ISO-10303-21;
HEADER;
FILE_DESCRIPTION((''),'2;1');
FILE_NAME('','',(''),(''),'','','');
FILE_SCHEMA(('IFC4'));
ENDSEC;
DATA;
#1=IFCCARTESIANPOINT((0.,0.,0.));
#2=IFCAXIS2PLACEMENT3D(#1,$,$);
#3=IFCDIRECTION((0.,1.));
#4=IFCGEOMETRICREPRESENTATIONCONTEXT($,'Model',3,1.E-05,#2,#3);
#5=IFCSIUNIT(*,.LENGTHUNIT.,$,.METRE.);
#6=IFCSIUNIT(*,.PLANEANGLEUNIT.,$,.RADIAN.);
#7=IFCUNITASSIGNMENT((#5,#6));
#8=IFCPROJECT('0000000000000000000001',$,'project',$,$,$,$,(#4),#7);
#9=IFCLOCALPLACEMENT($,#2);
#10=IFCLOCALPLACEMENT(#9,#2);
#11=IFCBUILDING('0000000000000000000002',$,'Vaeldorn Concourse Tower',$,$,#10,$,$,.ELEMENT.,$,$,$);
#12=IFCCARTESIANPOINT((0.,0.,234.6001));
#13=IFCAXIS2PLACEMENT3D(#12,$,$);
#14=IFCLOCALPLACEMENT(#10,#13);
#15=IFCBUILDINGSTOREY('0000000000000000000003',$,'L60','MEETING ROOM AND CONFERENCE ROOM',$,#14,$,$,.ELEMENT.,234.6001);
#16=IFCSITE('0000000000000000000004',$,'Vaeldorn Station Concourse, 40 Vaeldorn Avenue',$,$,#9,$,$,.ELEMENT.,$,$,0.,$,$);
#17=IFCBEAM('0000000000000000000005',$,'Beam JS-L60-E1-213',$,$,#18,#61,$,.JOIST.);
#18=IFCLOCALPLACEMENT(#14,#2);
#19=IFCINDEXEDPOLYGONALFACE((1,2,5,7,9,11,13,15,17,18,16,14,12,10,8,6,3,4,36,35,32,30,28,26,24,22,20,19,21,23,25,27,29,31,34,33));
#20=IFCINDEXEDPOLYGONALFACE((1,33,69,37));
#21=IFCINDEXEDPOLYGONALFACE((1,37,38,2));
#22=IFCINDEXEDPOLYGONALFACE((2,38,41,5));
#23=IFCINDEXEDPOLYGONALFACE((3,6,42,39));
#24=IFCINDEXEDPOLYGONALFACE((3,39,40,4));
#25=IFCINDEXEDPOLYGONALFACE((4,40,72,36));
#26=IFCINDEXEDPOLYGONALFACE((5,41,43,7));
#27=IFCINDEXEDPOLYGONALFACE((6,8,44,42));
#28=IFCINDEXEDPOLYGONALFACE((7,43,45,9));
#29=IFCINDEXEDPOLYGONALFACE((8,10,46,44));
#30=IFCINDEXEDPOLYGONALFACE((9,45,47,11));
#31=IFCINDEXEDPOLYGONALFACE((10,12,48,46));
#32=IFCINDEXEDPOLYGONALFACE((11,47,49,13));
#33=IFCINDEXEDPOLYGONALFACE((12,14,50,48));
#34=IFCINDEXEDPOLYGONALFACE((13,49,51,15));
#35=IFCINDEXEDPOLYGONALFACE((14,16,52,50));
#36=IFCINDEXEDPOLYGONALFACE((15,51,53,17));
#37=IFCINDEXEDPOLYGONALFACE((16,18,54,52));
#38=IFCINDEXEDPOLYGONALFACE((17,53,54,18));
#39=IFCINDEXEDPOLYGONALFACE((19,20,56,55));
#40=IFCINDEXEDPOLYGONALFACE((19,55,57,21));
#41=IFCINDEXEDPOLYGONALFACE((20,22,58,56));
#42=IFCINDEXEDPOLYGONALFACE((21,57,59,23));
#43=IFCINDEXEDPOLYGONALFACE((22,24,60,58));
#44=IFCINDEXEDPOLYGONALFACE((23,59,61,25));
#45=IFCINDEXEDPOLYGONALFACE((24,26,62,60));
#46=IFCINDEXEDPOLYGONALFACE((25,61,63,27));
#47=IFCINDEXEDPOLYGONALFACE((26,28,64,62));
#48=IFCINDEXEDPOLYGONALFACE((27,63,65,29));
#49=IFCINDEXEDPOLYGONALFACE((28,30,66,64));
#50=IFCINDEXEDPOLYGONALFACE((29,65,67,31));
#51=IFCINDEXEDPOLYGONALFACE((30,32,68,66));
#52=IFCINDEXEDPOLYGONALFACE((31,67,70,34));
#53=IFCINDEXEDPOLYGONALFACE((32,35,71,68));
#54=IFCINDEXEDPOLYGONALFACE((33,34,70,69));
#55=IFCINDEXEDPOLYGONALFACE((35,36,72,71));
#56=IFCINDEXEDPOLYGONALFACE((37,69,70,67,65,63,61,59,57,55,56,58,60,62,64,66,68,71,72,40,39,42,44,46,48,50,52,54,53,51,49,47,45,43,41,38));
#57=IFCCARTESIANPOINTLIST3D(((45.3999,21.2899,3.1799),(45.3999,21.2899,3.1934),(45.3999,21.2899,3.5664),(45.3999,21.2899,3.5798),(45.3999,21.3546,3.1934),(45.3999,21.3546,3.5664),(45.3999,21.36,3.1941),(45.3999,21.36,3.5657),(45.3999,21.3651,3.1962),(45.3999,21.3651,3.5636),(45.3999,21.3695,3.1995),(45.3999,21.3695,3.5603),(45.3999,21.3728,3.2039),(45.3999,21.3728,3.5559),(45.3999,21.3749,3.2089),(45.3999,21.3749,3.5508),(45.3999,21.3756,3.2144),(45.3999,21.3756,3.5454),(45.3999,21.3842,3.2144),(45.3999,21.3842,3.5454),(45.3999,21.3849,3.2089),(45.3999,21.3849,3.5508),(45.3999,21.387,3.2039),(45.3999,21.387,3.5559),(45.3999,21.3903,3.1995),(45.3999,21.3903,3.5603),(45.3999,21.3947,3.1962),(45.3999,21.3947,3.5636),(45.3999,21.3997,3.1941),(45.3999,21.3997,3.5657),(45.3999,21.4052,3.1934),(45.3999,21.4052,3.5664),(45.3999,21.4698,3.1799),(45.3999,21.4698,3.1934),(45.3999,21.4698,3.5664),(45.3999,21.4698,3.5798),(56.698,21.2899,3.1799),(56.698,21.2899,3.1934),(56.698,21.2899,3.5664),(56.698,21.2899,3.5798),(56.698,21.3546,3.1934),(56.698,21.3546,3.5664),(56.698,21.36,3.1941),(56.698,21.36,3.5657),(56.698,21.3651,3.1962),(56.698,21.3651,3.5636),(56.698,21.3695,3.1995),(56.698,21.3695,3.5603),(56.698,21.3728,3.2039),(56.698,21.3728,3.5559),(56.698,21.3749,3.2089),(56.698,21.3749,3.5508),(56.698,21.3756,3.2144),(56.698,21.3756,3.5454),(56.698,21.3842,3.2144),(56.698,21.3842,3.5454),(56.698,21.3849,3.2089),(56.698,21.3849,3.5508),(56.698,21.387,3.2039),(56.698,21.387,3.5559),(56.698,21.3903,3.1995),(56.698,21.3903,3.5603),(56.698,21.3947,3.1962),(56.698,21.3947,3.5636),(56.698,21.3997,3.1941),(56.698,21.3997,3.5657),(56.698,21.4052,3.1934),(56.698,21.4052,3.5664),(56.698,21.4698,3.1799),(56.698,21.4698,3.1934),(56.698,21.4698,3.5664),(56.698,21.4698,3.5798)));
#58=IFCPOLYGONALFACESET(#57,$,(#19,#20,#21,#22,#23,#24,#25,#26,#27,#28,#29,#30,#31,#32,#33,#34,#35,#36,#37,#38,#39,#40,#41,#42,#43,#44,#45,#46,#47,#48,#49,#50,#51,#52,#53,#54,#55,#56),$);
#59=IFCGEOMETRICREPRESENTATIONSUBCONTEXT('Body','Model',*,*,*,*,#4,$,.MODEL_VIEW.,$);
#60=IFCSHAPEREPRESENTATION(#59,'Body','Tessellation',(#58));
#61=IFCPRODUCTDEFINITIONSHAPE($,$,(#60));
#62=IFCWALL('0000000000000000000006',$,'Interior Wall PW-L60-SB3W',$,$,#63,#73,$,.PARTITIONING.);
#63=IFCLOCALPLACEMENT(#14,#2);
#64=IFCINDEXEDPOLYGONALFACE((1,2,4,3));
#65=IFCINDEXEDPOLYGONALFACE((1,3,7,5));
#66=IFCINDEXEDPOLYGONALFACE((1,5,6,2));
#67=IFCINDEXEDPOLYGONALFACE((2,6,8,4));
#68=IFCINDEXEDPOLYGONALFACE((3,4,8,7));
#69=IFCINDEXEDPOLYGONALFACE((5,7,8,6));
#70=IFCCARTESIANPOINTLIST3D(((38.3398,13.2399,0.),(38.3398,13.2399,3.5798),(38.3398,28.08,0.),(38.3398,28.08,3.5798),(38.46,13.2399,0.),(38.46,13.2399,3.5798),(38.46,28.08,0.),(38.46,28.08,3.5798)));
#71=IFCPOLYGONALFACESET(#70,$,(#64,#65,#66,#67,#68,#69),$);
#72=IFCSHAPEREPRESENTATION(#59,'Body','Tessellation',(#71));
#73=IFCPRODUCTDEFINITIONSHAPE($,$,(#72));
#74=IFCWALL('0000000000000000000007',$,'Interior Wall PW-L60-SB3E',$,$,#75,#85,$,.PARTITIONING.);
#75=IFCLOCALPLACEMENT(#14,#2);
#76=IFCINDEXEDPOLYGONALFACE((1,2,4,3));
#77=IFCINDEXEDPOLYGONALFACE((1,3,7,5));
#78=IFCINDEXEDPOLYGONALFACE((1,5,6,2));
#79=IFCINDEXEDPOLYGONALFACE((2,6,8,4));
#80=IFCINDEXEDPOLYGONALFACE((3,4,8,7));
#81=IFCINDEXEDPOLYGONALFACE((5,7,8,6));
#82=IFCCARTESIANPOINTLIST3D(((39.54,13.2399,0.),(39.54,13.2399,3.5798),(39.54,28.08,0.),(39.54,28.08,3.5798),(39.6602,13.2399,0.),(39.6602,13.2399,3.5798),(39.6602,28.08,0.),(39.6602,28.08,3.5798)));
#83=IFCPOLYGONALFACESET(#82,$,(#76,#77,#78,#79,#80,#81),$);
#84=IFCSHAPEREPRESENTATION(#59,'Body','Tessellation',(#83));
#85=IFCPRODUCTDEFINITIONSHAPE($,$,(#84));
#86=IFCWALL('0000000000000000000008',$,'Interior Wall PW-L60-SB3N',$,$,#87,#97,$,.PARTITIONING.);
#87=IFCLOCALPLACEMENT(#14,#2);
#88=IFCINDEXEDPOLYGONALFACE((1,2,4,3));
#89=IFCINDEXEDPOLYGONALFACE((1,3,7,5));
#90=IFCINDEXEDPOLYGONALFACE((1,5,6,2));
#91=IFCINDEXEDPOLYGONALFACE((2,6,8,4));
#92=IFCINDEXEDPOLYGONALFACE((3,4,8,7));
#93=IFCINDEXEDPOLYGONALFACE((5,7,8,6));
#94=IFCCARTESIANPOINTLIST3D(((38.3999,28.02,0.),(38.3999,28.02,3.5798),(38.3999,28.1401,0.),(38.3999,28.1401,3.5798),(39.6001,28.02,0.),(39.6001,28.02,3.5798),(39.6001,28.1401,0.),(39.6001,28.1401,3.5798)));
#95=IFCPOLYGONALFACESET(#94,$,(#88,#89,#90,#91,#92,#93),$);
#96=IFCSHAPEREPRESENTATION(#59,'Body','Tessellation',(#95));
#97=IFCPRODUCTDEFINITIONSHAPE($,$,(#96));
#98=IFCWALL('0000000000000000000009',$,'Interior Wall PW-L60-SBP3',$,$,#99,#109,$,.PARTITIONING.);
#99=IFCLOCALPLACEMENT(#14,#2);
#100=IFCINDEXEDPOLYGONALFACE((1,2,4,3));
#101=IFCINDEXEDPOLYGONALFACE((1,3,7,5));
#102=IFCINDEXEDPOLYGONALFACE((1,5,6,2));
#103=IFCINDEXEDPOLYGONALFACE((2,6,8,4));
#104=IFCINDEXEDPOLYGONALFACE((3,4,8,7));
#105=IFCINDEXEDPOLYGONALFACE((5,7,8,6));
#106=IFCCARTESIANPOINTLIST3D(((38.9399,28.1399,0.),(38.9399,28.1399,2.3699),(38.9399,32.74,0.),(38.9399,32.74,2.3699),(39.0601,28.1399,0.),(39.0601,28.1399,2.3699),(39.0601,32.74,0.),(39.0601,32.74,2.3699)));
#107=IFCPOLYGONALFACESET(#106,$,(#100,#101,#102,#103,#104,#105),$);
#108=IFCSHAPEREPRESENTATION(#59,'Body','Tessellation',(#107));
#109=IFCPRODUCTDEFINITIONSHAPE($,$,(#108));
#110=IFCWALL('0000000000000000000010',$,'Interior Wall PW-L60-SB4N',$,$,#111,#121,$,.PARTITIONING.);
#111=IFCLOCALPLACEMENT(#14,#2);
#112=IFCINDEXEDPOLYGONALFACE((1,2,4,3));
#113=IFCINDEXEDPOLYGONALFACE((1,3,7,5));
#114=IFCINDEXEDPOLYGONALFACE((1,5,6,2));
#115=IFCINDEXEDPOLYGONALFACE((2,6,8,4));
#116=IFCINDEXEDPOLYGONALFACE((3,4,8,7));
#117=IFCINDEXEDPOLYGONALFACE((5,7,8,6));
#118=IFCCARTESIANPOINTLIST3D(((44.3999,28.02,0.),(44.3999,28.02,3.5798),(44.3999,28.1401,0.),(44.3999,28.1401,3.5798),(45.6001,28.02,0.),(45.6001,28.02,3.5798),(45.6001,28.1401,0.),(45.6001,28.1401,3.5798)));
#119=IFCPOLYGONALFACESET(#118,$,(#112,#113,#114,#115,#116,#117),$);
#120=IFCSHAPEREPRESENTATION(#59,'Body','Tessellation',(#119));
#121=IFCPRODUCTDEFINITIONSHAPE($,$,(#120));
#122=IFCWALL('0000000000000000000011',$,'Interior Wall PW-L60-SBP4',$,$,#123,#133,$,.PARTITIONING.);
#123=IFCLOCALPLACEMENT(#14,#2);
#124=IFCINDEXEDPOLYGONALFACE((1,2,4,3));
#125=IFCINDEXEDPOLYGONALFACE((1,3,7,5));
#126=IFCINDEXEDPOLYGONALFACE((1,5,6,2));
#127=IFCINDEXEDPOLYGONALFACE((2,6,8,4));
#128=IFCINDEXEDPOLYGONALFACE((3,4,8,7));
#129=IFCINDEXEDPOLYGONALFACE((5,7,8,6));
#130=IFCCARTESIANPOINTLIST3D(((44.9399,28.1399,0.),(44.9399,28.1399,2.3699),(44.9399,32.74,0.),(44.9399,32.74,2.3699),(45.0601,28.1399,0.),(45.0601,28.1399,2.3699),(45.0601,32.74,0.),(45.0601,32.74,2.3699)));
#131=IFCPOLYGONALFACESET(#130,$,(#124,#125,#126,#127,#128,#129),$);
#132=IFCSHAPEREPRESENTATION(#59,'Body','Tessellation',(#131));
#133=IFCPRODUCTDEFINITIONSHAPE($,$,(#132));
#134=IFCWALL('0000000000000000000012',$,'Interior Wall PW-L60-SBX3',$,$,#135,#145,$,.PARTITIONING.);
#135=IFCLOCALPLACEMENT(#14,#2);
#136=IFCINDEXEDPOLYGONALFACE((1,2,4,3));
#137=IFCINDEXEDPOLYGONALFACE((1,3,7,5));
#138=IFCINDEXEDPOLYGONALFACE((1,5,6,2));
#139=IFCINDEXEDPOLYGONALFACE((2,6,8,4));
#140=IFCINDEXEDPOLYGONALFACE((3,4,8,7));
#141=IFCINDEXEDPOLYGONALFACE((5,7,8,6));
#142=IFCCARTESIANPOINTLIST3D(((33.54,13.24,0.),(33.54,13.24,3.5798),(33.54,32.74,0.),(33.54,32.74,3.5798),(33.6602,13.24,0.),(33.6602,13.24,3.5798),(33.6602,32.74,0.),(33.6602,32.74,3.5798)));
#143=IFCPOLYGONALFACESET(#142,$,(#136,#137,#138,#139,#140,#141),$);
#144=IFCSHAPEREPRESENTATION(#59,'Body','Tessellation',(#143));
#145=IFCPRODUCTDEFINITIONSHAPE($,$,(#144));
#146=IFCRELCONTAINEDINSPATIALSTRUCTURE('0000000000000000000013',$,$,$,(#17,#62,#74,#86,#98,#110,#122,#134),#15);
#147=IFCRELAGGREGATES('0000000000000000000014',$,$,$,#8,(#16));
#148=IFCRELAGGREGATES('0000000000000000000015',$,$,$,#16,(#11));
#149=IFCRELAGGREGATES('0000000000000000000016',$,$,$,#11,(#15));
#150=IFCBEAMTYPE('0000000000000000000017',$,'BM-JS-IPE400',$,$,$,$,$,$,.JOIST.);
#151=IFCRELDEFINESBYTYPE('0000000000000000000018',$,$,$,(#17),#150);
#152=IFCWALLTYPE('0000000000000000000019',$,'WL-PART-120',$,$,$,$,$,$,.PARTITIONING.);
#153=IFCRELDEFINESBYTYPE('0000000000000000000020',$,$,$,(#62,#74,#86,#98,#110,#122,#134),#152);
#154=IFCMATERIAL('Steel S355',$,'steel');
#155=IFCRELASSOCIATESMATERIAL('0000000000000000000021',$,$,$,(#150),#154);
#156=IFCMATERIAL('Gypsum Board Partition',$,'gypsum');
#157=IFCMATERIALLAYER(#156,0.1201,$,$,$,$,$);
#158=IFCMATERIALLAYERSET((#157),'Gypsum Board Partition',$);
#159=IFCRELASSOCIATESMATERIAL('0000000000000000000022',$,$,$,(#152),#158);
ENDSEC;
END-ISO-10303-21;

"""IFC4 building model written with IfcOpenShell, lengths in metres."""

from ifc_helpers import new_model, si_unit, direction, frame, frame_2d, origin, origin_2d, place, context, subcontext, project, spatial, rectangle, i_section, extrude, source, transform, mapped, material, layer, layer_set, material_profile, profile_set, type_object, element, save


model = new_model("IFC4")

# Units and contexts
model_context = context("Model", 3, precision=1e-05, world=origin(), true_north=direction((0.0, 1.0)))
body_context = subcontext(model_context, "Body", "Model", "MODEL_VIEW")
ifc_project = project(units=[si_unit("LENGTHUNIT", "METRE"), si_unit("PLANEANGLEUNIT", "RADIAN")], contexts=[model_context])

# Site, building, storey
site_placement = place(None, origin())
site = spatial("IfcSite", under=ifc_project, at=site_placement, Name="Vaeldorn Station Concourse, 40 Vaeldorn Avenue", CompositionType="ELEMENT", RefElevation=0.0)
building_placement = place(site_placement, origin())
building = spatial("IfcBuilding", under=site, at=building_placement, Name="Vaeldorn Concourse Tower", CompositionType="ELEMENT")
storey_placement = place(building_placement, frame((0.0, 0.0, 234.6001)))
storey = spatial("IfcBuildingStorey", under=building, at=storey_placement, Name="L60", Description="MEETING ROOM AND CONFERENCE ROOM", CompositionType="ELEMENT", Elevation=234.6001)

# Shared definitions
ifc_material_1 = material(Name="Steel S355", Category="steel")

# Beam
ifc_material_profile_1 = material_profile(ifc_material_1, i_section(OverallWidth=0.1799, OverallDepth=0.3999, WebThickness=0.0085, FlangeThickness=0.0134, FilletRadius=0.021, at=origin_2d()), Name="IPE 400")
ifc_profile_set_1 = profile_set([ifc_material_profile_1], Name="Steel S355")
beam_type_1 = type_object("IfcBeamType", Name="BM-JS-IPE400", PredefinedType="JOIST", material=ifc_profile_set_1)
shared_shape_1 = source(origin(), body_context, "Body", "SweptSolid", [
    extrude(i_section(OverallWidth=0.1799, OverallDepth=0.3999, WebThickness=0.0085, FlangeThickness=0.0134, FilletRadius=0.021, at=origin_2d()), origin(), (0.0, 0.0, 1.0), 11.2981),
])
beam_1_placement = place(storey_placement, frame((45.3999, 21.3799, 3.3799), z_axis=(1.0, 0.0, 0.0), x_axis=(0.0, 1.0, 0.0)))
element("IfcBeam", 1, at=beam_1_placement, inside=storey, type_object=beam_type_1, Name="Beam JS-L60-E1-213", PredefinedType="JOIST", context=body_context, shape_type="MappedRepresentation", body=[
    mapped(shared_shape_1, transform((0.0, 0.0, 0.0), scale=1.0)),
])

# Walls
ifc_material_2 = material(Name="Gypsum Board Partition", Category="gypsum")
ifc_layer = layer(ifc_material_2, 0.1201)
ifc_layer_set = layer_set([ifc_layer], Name="Gypsum Board Partition")
wall_type = type_object("IfcWallType", Name="WL-PART-120", PredefinedType="PARTITIONING", material=ifc_layer_set)
for number, where, z_axis, x_axis, name in (
    (2, (38.3999, 13.24, 0.0), (0.0, 0.0, 1.0), (0.0, 1.0, 0.0), "Interior Wall PW-L60-SB3W"),
    (3, (39.6001, 13.24, 0.0), (0.0, 0.0, 1.0), (0.0, 1.0, 0.0), "Interior Wall PW-L60-SB3E"),
):
    element("IfcWall", number, at=place(storey_placement, frame(where, z_axis=z_axis, x_axis=x_axis)), inside=storey, type_object=wall_type, Name=name, PredefinedType="PARTITIONING", context=body_context, shape_type="SweptSolid", body=[
        extrude(rectangle(XDim=14.8401, YDim=0.1201, at=frame_2d((7.4199, 0.0))), origin(), (0.0, 0.0, 1.0), 3.5798),
    ])
wall_1_placement = place(storey_placement, frame((38.3999, 28.0801, 0.0), z_axis=(0.0, 0.0, 1.0), x_axis=(1.0, 0.0, 0.0)))
element("IfcWall", 4, at=wall_1_placement, inside=storey, type_object=wall_type, Name="Interior Wall PW-L60-SB3N", PredefinedType="PARTITIONING", context=body_context, shape_type="SweptSolid", body=[
    extrude(rectangle(XDim=1.2002, YDim=0.1201, at=frame_2d((0.6001, 0.0))), origin(), (0.0, 0.0, 1.0), 3.5798),
])
wall_2_placement = place(storey_placement, frame((39.0, 28.1399, 0.0), z_axis=(0.0, 0.0, 1.0), x_axis=(0.0, 1.0, 0.0)))
element("IfcWall", 5, at=wall_2_placement, inside=storey, type_object=wall_type, Name="Interior Wall PW-L60-SBP3", PredefinedType="PARTITIONING", context=body_context, shape_type="SweptSolid", body=[
    extrude(rectangle(XDim=4.6001, YDim=0.1201, at=frame_2d((2.3, 0.0))), origin(), (0.0, 0.0, 1.0), 2.3699),
])
wall_3_placement = place(storey_placement, frame((44.3999, 28.0801, 0.0), z_axis=(0.0, 0.0, 1.0), x_axis=(1.0, 0.0, 0.0)))
element("IfcWall", 6, at=wall_3_placement, inside=storey, type_object=wall_type, Name="Interior Wall PW-L60-SB4N", PredefinedType="PARTITIONING", context=body_context, shape_type="SweptSolid", body=[
    extrude(rectangle(XDim=1.2002, YDim=0.1201, at=frame_2d((0.6001, 0.0))), origin(), (0.0, 0.0, 1.0), 3.5798),
])
wall_4_placement = place(storey_placement, frame((45.0, 28.1399, 0.0), z_axis=(0.0, 0.0, 1.0), x_axis=(0.0, 1.0, 0.0)))
element("IfcWall", 7, at=wall_4_placement, inside=storey, type_object=wall_type, Name="Interior Wall PW-L60-SBP4", PredefinedType="PARTITIONING", context=body_context, shape_type="SweptSolid", body=[
    extrude(rectangle(XDim=4.6001, YDim=0.1201, at=frame_2d((2.3, 0.0))), origin(), (0.0, 0.0, 1.0), 2.3699),
])
wall_5_placement = place(storey_placement, frame((33.6001, 13.24, 0.0), z_axis=(0.0, 0.0, 1.0), x_axis=(0.0, 1.0, 0.0)))
element("IfcWall", 8, at=wall_5_placement, inside=storey, type_object=wall_type, Name="Interior Wall PW-L60-SBX3", PredefinedType="PARTITIONING", context=body_context, shape_type="SweptSolid", body=[
    extrude(rectangle(XDim=19.5, YDim=0.1201, at=frame_2d((9.75, 0.0))), origin(), (0.0, 0.0, 1.0), 3.5798),
])

save(model, "model.ifc")
